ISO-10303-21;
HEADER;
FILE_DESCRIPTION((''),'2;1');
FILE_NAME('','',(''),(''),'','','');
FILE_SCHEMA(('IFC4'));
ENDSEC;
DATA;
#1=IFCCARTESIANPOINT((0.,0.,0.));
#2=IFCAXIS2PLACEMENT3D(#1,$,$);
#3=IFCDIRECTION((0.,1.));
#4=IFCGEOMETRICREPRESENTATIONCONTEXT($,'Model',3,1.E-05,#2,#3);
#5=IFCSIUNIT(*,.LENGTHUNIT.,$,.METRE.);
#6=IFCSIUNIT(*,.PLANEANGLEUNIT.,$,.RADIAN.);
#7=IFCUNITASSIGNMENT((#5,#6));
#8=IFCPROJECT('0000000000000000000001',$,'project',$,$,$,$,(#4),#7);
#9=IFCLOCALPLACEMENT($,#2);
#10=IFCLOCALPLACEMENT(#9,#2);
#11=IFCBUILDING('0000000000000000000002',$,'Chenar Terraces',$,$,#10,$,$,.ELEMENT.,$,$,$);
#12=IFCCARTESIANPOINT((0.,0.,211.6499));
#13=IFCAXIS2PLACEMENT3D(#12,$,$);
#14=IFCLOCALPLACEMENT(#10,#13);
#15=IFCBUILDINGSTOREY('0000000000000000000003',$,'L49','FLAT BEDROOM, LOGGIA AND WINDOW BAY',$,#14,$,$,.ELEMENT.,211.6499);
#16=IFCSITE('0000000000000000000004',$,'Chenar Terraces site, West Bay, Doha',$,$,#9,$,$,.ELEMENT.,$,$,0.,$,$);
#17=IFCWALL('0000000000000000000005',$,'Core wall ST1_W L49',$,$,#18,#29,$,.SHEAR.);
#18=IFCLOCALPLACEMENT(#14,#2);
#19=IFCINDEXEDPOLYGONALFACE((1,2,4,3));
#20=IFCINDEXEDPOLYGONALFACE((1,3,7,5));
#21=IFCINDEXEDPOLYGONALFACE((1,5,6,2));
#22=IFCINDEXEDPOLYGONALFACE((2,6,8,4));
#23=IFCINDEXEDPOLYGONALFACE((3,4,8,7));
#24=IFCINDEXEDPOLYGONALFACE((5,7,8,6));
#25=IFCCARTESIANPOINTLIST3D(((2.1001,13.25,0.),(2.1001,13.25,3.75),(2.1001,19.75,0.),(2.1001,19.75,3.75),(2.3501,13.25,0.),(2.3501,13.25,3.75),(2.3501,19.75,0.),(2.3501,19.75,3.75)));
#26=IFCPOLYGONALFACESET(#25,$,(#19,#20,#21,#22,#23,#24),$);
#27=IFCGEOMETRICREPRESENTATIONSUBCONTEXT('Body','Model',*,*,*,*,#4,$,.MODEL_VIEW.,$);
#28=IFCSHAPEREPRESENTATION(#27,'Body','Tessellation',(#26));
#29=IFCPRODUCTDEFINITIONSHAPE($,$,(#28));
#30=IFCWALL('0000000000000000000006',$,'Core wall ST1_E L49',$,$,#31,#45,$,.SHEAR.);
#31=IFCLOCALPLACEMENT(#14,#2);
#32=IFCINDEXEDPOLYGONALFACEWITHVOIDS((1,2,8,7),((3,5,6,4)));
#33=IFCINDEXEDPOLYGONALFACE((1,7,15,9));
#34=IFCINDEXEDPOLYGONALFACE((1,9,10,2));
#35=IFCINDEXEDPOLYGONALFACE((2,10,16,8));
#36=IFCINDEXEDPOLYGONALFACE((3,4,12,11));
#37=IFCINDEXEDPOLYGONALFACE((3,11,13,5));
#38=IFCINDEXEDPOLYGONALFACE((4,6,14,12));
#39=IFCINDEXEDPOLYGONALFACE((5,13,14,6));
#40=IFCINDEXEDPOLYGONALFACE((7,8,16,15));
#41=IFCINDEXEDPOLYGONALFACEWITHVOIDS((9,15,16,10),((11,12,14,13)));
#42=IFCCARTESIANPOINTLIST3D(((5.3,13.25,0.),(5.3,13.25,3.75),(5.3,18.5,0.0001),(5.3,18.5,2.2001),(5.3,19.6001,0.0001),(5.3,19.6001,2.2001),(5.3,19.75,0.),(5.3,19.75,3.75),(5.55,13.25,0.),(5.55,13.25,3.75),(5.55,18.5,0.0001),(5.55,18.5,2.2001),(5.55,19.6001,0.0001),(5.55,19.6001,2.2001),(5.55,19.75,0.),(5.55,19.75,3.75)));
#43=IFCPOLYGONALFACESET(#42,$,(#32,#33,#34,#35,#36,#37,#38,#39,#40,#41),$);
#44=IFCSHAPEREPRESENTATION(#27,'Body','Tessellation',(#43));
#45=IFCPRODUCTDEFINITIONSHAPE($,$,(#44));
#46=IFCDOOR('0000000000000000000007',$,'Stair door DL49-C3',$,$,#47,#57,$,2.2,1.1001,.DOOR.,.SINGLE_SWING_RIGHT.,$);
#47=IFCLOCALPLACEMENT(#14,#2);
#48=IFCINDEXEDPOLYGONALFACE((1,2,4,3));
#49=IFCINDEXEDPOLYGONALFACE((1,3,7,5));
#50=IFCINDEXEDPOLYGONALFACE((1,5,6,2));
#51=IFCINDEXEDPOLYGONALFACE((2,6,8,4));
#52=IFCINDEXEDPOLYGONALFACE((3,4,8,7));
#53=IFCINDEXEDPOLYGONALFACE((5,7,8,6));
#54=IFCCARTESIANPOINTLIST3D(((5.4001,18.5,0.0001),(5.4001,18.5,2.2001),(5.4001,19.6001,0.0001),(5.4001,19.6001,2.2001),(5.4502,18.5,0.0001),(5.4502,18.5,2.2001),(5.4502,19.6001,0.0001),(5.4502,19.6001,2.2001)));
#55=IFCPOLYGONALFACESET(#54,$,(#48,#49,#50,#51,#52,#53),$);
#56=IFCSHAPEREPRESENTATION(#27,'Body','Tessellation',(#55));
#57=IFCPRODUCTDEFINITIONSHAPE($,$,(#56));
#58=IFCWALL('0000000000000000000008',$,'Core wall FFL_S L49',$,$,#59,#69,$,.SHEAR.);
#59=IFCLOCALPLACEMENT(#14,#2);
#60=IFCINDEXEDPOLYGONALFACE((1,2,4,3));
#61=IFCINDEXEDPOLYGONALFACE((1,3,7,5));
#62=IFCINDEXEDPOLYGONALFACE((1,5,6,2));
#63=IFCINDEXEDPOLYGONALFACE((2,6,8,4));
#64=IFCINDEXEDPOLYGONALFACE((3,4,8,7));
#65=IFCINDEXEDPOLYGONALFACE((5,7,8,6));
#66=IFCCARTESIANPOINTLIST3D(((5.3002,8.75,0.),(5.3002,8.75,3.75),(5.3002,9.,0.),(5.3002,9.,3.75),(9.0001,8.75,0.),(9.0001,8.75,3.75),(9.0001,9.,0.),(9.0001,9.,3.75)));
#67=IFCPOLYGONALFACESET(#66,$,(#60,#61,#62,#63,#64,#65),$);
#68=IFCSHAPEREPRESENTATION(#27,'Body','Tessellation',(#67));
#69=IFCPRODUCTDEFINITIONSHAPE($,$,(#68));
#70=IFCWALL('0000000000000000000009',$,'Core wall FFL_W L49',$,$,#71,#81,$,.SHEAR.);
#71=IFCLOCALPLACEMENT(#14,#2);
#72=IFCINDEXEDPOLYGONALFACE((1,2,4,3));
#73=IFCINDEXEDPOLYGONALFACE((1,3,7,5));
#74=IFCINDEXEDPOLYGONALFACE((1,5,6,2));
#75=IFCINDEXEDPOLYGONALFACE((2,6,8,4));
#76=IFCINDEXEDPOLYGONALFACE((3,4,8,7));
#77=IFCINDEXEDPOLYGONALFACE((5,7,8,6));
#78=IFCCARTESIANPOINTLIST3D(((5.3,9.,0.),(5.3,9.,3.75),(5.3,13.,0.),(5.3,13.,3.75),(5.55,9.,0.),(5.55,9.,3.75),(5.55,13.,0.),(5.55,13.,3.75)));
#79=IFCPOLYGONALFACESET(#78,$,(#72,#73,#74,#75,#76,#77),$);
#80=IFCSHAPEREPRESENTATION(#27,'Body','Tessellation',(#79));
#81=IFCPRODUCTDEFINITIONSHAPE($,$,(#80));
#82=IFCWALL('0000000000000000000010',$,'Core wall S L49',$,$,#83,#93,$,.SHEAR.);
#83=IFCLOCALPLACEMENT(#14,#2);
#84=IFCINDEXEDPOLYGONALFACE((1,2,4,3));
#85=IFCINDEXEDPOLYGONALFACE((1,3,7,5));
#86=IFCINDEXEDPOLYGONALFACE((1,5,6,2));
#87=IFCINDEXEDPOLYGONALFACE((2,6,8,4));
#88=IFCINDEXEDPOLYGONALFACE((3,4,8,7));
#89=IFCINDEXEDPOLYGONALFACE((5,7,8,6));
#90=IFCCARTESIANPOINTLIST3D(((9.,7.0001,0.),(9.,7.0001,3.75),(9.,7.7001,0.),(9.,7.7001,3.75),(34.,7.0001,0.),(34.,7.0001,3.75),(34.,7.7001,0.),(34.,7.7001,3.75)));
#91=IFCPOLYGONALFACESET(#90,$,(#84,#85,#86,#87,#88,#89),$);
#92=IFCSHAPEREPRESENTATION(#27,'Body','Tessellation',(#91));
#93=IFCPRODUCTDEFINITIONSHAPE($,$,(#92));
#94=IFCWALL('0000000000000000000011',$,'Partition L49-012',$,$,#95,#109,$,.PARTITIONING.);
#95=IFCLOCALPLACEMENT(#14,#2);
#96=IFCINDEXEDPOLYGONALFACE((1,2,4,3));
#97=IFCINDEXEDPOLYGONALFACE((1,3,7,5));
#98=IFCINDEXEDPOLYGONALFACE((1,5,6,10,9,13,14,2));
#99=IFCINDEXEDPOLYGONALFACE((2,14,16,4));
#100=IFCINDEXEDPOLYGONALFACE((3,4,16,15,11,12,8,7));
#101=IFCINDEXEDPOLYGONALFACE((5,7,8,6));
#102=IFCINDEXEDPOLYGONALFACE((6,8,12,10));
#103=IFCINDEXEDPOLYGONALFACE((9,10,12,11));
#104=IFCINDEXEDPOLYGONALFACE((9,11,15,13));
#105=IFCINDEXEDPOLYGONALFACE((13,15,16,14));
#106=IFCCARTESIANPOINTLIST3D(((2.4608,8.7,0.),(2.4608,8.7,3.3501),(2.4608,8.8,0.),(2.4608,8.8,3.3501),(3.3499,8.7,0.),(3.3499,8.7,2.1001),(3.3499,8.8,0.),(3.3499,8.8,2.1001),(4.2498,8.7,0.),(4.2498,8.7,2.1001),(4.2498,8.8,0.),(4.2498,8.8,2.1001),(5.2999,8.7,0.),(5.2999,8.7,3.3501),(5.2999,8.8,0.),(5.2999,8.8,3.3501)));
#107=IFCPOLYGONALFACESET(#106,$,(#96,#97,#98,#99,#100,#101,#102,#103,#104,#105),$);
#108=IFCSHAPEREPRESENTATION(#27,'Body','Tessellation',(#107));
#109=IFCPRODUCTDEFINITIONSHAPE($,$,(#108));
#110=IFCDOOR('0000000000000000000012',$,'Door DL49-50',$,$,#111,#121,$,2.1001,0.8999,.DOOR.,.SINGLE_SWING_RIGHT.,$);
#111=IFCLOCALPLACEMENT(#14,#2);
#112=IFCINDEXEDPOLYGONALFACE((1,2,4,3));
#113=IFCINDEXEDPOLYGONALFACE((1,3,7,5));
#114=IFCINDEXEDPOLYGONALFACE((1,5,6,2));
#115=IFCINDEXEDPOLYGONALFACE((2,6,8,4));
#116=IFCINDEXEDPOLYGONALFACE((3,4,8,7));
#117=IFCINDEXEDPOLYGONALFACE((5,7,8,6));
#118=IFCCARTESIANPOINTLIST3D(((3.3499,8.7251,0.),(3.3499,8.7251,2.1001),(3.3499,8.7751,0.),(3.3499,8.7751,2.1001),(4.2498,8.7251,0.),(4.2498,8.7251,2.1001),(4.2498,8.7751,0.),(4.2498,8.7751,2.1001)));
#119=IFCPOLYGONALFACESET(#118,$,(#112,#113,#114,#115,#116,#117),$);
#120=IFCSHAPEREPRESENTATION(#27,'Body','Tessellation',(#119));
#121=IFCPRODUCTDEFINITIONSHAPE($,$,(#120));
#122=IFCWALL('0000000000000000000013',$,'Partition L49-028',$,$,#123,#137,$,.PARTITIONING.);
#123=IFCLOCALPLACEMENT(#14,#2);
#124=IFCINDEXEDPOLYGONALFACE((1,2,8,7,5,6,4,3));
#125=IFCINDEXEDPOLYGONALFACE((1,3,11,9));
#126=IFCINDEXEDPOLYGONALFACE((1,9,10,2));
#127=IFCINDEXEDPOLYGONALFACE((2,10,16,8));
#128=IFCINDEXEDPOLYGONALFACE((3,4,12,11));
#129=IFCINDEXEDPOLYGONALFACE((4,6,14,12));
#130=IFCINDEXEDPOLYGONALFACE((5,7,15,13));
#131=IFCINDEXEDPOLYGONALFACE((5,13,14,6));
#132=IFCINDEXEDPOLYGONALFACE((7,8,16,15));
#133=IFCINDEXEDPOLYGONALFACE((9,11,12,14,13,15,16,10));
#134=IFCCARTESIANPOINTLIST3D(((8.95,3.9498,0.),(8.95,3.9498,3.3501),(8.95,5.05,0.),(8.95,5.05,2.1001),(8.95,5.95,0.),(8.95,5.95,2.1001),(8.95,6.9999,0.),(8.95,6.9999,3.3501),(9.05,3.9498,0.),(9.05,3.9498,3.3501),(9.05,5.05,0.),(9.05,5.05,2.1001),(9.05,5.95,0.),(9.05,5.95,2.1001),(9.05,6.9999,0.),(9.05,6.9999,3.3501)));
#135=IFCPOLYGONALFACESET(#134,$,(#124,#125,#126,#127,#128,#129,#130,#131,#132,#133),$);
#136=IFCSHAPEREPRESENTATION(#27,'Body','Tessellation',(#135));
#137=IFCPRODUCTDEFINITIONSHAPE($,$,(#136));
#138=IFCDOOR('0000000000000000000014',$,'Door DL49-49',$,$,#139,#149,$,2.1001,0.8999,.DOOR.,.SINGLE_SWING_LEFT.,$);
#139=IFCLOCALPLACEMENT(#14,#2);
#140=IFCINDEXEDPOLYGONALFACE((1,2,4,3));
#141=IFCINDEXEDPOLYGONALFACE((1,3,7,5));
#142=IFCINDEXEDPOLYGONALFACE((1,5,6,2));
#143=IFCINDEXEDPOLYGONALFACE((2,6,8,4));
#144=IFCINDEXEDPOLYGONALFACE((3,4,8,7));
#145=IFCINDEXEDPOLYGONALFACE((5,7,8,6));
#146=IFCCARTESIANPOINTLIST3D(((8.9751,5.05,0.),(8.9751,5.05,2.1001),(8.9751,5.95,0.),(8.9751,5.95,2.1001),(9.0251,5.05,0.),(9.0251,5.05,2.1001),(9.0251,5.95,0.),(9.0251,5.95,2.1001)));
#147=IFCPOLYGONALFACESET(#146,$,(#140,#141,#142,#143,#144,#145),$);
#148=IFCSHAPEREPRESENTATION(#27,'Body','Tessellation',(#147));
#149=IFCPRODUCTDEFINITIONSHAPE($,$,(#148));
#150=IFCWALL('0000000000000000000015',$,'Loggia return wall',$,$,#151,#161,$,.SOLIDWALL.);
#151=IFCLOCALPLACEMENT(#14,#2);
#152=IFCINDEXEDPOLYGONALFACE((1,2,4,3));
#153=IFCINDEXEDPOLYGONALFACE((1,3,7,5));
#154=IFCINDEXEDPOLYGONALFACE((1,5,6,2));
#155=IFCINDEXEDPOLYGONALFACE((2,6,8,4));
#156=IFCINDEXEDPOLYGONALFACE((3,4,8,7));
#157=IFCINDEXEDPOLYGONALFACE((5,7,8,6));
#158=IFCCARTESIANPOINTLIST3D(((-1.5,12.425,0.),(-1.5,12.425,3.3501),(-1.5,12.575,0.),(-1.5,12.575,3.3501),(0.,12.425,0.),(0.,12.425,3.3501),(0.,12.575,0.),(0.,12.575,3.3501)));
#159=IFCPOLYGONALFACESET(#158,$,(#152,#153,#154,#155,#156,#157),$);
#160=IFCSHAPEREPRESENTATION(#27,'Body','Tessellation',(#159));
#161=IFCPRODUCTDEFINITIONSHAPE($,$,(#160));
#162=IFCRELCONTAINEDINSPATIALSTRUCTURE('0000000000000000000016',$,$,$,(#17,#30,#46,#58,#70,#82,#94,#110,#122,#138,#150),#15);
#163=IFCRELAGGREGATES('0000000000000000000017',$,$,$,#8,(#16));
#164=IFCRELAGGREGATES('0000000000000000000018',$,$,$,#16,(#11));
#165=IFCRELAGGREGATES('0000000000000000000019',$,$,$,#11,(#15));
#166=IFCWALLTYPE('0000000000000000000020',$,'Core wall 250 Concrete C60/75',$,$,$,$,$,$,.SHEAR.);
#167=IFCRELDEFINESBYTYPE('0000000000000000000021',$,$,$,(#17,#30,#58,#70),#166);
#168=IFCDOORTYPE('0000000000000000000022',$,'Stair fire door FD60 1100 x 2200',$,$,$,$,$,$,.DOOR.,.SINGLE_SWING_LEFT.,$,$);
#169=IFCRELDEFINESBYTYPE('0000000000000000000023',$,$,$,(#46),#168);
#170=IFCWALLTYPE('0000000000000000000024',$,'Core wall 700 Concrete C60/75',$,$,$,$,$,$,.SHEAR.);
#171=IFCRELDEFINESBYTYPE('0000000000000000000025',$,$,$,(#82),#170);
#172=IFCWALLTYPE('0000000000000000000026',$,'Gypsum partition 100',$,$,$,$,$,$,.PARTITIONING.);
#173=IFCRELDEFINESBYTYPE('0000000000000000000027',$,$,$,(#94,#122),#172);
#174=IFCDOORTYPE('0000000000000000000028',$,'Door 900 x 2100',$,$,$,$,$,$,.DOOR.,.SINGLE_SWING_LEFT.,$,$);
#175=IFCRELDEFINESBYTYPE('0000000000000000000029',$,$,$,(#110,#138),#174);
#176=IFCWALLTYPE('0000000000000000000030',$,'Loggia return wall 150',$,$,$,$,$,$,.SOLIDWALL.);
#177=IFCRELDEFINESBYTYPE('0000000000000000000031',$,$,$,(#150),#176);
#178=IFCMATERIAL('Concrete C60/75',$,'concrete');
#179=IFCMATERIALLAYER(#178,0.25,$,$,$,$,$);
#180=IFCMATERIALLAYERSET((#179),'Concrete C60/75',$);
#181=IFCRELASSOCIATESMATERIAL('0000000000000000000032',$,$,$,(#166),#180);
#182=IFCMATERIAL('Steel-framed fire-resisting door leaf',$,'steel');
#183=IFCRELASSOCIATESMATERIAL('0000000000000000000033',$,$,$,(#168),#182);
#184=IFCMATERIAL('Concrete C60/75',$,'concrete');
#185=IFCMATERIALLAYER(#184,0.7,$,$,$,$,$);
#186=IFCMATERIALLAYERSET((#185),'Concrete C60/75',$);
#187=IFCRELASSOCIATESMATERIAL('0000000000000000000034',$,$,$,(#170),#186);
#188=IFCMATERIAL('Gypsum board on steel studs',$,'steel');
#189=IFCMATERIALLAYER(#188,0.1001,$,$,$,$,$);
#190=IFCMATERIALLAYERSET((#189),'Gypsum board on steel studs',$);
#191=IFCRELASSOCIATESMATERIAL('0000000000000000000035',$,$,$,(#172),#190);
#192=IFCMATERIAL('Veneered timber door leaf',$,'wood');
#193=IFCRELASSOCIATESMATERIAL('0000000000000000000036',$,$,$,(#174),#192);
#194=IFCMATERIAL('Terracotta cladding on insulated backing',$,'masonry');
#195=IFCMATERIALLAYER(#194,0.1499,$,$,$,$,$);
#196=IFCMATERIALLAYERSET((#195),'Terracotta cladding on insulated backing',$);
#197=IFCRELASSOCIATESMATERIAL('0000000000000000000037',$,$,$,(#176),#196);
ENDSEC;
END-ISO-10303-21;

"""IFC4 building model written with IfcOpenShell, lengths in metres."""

from ifc_helpers import new_model, si_unit, direction, frame, frame_2d, origin, place, context, subcontext, project, spatial, rectangle, extrude, material, layer, layer_set, type_object, element, fill, save


model = new_model("IFC4")

# Units and contexts
model_context = context("Model", 3, precision=1e-05, world=origin(), true_north=direction((0.0, 1.0)))
body_context = subcontext(model_context, "Body", "Model", "MODEL_VIEW")
ifc_project = project(units=[si_unit("LENGTHUNIT", "METRE"), si_unit("PLANEANGLEUNIT", "RADIAN")], contexts=[model_context])

# Site, building, storey
site_placement = place(None, origin())
site = spatial("IfcSite", under=ifc_project, at=site_placement, Name="Chenar Terraces site, West Bay, Doha", CompositionType="ELEMENT", RefElevation=0.0)
building_placement = place(site_placement, origin())
building = spatial("IfcBuilding", under=site, at=building_placement, Name="Chenar Terraces", CompositionType="ELEMENT")
storey_placement = place(building_placement, frame((0.0, 0.0, 211.6499)))
storey = spatial("IfcBuildingStorey", under=building, at=storey_placement, Name="L49", Description="FLAT BEDROOM, LOGGIA AND WINDOW BAY", CompositionType="ELEMENT", Elevation=211.6499)

# Wall
ifc_material_1 = material(Name="Concrete C60/75", Category="concrete")
ifc_layer_1 = layer(ifc_material_1, 0.25)
ifc_layer_set_1 = layer_set([ifc_layer_1], Name="Concrete C60/75")
wall_type_1 = type_object("IfcWallType", Name="Core wall 250 Concrete C60/75", PredefinedType="SHEAR", material=ifc_layer_set_1)
wall_1_placement = place(storey_placement, frame((2.2251, 13.25, 0.0), z_axis=(0.0, 0.0, 1.0), x_axis=(0.0, 1.0, 0.0)))
element("IfcWall", 1, at=wall_1_placement, inside=storey, type_object=wall_type_1, Name="Core wall ST1_W L49", PredefinedType="SHEAR", context=body_context, shape_type="SweptSolid", body=[
    extrude(rectangle(XDim=6.5, YDim=0.25, at=frame_2d((3.25, 0.0))), origin(), (0.0, 0.0, 1.0), 3.75),
])

# Wall, opening, door
wall_2_placement = place(storey_placement, frame((5.425, 13.25, 0.0), z_axis=(0.0, 0.0, 1.0), x_axis=(0.0, 1.0, 0.0)))
wall_2 = element("IfcWall", 2, at=wall_2_placement, inside=storey, type_object=wall_type_1, Name="Core wall ST1_E L49", PredefinedType="SHEAR", context=body_context, shape_type="SweptSolid", body=[
    extrude(rectangle(XDim=6.5, YDim=0.25, at=frame_2d((3.25, 0.0))), origin(), (0.0, 0.0, 1.0), 3.75),
])
opening_1_placement = place(wall_2_placement, frame((5.25, 0.0, 0.0)))
opening_1 = element("IfcOpeningElement", 3, at=opening_1_placement, cuts=wall_2, PredefinedType="OPENING", context=body_context, shape_type="SweptSolid", body=[
    extrude(rectangle(XDim=1.1001, YDim=2.2, at=frame_2d((0.55, 1.1001))), frame((0.0, 0.135, 0.0), z_axis=(0.0, -1.0, 0.0), x_axis=(1.0, 0.0, 0.0)), (0.0, 0.0, 1.0), 0.27),
])
ifc_material_2 = material(Name="Steel-framed fire-resisting door leaf", Category="steel")
door_type_1 = type_object("IfcDoorType", Name="Stair fire door FD60 1100 x 2200", OperationType="SINGLE_SWING_LEFT", PredefinedType="DOOR", material=ifc_material_2)
door_1_placement = place(opening_1_placement, origin())
door_1 = element("IfcDoor", 4, at=door_1_placement, inside=storey, type_object=door_type_1, Name="Stair door DL49-C3", OperationType="SINGLE_SWING_RIGHT", OverallHeight=2.2, OverallWidth=1.1001, PredefinedType="DOOR", context=body_context, shape_type="SweptSolid", body=[
    extrude(rectangle(XDim=1.1001, YDim=2.2, at=frame_2d((0.55, 1.1001))), frame((0.0, 0.0249, 0.0), z_axis=(0.0, -1.0, 0.0), x_axis=(1.0, 0.0, 0.0)), (0.0, 0.0, 1.0), 0.05),
])
fill(opening_1, door_1)

# Walls
wall_3_placement = place(storey_placement, frame((5.3, 8.875, 0.0), z_axis=(0.0, 0.0, 1.0), x_axis=(1.0, 0.0, 0.0)))
element("IfcWall", 5, at=wall_3_placement, inside=storey, type_object=wall_type_1, Name="Core wall FFL_S L49", PredefinedType="SHEAR", context=body_context, shape_type="SweptSolid", body=[
    extrude(rectangle(XDim=3.7, YDim=0.25, at=frame_2d((1.8501, 0.0))), origin(), (0.0, 0.0, 1.0), 3.75),
])
wall_4_placement = place(storey_placement, frame((5.425, 9.0, 0.0), z_axis=(0.0, 0.0, 1.0), x_axis=(0.0, 1.0, 0.0)))
element("IfcWall", 6, at=wall_4_placement, inside=storey, type_object=wall_type_1, Name="Core wall FFL_W L49", PredefinedType="SHEAR", context=body_context, shape_type="SweptSolid", body=[
    extrude(rectangle(XDim=4.0, YDim=0.25, at=frame_2d((2.0, 0.0))), origin(), (0.0, 0.0, 1.0), 3.75),
])
ifc_material_3 = material(Name="Concrete C60/75", Category="concrete")
ifc_layer_2 = layer(ifc_material_3, 0.7)
ifc_layer_set_2 = layer_set([ifc_layer_2], Name="Concrete C60/75")
wall_type_2 = type_object("IfcWallType", Name="Core wall 700 Concrete C60/75", PredefinedType="SHEAR", material=ifc_layer_set_2)
wall_5_placement = place(storey_placement, frame((9.0, 7.3501, 0.0), z_axis=(0.0, 0.0, 1.0), x_axis=(1.0, 0.0, 0.0)))
element("IfcWall", 7, at=wall_5_placement, inside=storey, type_object=wall_type_2, Name="Core wall S L49", PredefinedType="SHEAR", context=body_context, shape_type="SweptSolid", body=[
    extrude(rectangle(XDim=25.0, YDim=0.7, at=frame_2d((12.5, 0.0))), origin(), (0.0, 0.0, 1.0), 3.75),
])

# Walls, openings, doors
ifc_material_4 = material(Name="Gypsum board on steel studs", Category="steel")
ifc_layer_3 = layer(ifc_material_4, 0.1001)
ifc_layer_set_3 = layer_set([ifc_layer_3], Name="Gypsum board on steel studs")
wall_type_3 = type_object("IfcWallType", Name="Gypsum partition 100", PredefinedType="PARTITIONING", material=ifc_layer_set_3)
wall_6_placement = place(storey_placement, frame((2.4609, 8.75, 0.0), z_axis=(0.0, 0.0, 1.0), x_axis=(1.0, 0.0, 0.0)))
wall_6 = element("IfcWall", 8, at=wall_6_placement, inside=storey, type_object=wall_type_3, Name="Partition L49-012", PredefinedType="PARTITIONING", context=body_context, shape_type="SweptSolid", body=[
    extrude(rectangle(XDim=2.8391, YDim=0.1001, at=frame_2d((1.4194, 0.0))), origin(), (0.0, 0.0, 1.0), 3.3501),
])
opening_2_placement = place(wall_6_placement, frame((0.8889, 0.0, 0.0)))
opening_2 = element("IfcOpeningElement", 9, at=opening_2_placement, cuts=wall_6, PredefinedType="OPENING", context=body_context, shape_type="SweptSolid", body=[
    extrude(rectangle(XDim=0.8999, YDim=2.1001, at=frame_2d((0.45, 1.05))), frame((0.0, 0.0601, 0.0), z_axis=(0.0, -1.0, 0.0), x_axis=(1.0, 0.0, 0.0)), (0.0, 0.0, 1.0), 0.1201),
])
ifc_material_5 = material(Name="Veneered timber door leaf", Category="wood")
door_type_2 = type_object("IfcDoorType", Name="Door 900 x 2100", OperationType="SINGLE_SWING_LEFT", PredefinedType="DOOR", material=ifc_material_5)
door_2_placement = place(opening_2_placement, frame((0.8999, 0.0, 0.0), z_axis=(0.0, 0.0, 1.0), x_axis=(-1.0, 0.0, 0.0)))
door_2 = element("IfcDoor", 10, at=door_2_placement, inside=storey, type_object=door_type_2, Name="Door DL49-50", OperationType="SINGLE_SWING_RIGHT", OverallHeight=2.1001, OverallWidth=0.8999, PredefinedType="DOOR", context=body_context, shape_type="SweptSolid", body=[
    extrude(rectangle(XDim=0.8999, YDim=2.1001, at=frame_2d((0.45, 1.05))), frame((0.0, 0.0249, 0.0), z_axis=(0.0, -1.0, 0.0), x_axis=(1.0, 0.0, 0.0)), (0.0, 0.0, 1.0), 0.05),
])
fill(opening_2, door_2)
wall_7_placement = place(storey_placement, frame((9.0, 3.95, 0.0), z_axis=(0.0, 0.0, 1.0), x_axis=(0.0, 1.0, 0.0)))
wall_7 = element("IfcWall", 11, at=wall_7_placement, inside=storey, type_object=wall_type_3, Name="Partition L49-028", PredefinedType="PARTITIONING", context=body_context, shape_type="SweptSolid", body=[
    extrude(rectangle(XDim=3.05, YDim=0.1001, at=frame_2d((1.5249, 0.0))), origin(), (0.0, 0.0, 1.0), 3.3501),
])
opening_3_placement = place(wall_7_placement, frame((1.1001, 0.0, 0.0)))
opening_3 = element("IfcOpeningElement", 12, at=opening_3_placement, cuts=wall_7, PredefinedType="OPENING", context=body_context, shape_type="SweptSolid", body=[
    extrude(rectangle(XDim=0.8999, YDim=2.1001, at=frame_2d((0.45, 1.05))), frame((0.0, 0.0601, 0.0), z_axis=(0.0, -1.0, 0.0), x_axis=(1.0, 0.0, 0.0)), (0.0, 0.0, 1.0), 0.1201),
])
door_3_placement = place(opening_3_placement, origin())
door_3 = element("IfcDoor", 13, at=door_3_placement, inside=storey, type_object=door_type_2, Name="Door DL49-49", OperationType="SINGLE_SWING_LEFT", OverallHeight=2.1001, OverallWidth=0.8999, PredefinedType="DOOR", context=body_context, shape_type="SweptSolid", body=[
    extrude(rectangle(XDim=0.8999, YDim=2.1001, at=frame_2d((0.45, 1.05))), frame((0.0, 0.0249, 0.0), z_axis=(0.0, -1.0, 0.0), x_axis=(1.0, 0.0, 0.0)), (0.0, 0.0, 1.0), 0.05),
])
fill(opening_3, door_3)

# Wall
ifc_material_6 = material(Name="Terracotta cladding on insulated backing", Category="masonry")
ifc_layer_4 = layer(ifc_material_6, 0.1499)
ifc_layer_set_4 = layer_set([ifc_layer_4], Name="Terracotta cladding on insulated backing")
wall_type_4 = type_object("IfcWallType", Name="Loggia return wall 150", PredefinedType="SOLIDWALL", material=ifc_layer_set_4)
wall_8_placement = place(storey_placement, frame((-1.5, 12.5, 0.0), z_axis=(0.0, 0.0, 1.0), x_axis=(1.0, 0.0, 0.0)))
element("IfcWall", 14, at=wall_8_placement, inside=storey, type_object=wall_type_4, Name="Loggia return wall", PredefinedType="SOLIDWALL", context=body_context, shape_type="SweptSolid", body=[
    extrude(rectangle(XDim=1.5, YDim=0.1499, at=frame_2d((0.75, 0.0))), origin(), (0.0, 0.0, 1.0), 3.3501),
])

save(model, "model.ifc")
